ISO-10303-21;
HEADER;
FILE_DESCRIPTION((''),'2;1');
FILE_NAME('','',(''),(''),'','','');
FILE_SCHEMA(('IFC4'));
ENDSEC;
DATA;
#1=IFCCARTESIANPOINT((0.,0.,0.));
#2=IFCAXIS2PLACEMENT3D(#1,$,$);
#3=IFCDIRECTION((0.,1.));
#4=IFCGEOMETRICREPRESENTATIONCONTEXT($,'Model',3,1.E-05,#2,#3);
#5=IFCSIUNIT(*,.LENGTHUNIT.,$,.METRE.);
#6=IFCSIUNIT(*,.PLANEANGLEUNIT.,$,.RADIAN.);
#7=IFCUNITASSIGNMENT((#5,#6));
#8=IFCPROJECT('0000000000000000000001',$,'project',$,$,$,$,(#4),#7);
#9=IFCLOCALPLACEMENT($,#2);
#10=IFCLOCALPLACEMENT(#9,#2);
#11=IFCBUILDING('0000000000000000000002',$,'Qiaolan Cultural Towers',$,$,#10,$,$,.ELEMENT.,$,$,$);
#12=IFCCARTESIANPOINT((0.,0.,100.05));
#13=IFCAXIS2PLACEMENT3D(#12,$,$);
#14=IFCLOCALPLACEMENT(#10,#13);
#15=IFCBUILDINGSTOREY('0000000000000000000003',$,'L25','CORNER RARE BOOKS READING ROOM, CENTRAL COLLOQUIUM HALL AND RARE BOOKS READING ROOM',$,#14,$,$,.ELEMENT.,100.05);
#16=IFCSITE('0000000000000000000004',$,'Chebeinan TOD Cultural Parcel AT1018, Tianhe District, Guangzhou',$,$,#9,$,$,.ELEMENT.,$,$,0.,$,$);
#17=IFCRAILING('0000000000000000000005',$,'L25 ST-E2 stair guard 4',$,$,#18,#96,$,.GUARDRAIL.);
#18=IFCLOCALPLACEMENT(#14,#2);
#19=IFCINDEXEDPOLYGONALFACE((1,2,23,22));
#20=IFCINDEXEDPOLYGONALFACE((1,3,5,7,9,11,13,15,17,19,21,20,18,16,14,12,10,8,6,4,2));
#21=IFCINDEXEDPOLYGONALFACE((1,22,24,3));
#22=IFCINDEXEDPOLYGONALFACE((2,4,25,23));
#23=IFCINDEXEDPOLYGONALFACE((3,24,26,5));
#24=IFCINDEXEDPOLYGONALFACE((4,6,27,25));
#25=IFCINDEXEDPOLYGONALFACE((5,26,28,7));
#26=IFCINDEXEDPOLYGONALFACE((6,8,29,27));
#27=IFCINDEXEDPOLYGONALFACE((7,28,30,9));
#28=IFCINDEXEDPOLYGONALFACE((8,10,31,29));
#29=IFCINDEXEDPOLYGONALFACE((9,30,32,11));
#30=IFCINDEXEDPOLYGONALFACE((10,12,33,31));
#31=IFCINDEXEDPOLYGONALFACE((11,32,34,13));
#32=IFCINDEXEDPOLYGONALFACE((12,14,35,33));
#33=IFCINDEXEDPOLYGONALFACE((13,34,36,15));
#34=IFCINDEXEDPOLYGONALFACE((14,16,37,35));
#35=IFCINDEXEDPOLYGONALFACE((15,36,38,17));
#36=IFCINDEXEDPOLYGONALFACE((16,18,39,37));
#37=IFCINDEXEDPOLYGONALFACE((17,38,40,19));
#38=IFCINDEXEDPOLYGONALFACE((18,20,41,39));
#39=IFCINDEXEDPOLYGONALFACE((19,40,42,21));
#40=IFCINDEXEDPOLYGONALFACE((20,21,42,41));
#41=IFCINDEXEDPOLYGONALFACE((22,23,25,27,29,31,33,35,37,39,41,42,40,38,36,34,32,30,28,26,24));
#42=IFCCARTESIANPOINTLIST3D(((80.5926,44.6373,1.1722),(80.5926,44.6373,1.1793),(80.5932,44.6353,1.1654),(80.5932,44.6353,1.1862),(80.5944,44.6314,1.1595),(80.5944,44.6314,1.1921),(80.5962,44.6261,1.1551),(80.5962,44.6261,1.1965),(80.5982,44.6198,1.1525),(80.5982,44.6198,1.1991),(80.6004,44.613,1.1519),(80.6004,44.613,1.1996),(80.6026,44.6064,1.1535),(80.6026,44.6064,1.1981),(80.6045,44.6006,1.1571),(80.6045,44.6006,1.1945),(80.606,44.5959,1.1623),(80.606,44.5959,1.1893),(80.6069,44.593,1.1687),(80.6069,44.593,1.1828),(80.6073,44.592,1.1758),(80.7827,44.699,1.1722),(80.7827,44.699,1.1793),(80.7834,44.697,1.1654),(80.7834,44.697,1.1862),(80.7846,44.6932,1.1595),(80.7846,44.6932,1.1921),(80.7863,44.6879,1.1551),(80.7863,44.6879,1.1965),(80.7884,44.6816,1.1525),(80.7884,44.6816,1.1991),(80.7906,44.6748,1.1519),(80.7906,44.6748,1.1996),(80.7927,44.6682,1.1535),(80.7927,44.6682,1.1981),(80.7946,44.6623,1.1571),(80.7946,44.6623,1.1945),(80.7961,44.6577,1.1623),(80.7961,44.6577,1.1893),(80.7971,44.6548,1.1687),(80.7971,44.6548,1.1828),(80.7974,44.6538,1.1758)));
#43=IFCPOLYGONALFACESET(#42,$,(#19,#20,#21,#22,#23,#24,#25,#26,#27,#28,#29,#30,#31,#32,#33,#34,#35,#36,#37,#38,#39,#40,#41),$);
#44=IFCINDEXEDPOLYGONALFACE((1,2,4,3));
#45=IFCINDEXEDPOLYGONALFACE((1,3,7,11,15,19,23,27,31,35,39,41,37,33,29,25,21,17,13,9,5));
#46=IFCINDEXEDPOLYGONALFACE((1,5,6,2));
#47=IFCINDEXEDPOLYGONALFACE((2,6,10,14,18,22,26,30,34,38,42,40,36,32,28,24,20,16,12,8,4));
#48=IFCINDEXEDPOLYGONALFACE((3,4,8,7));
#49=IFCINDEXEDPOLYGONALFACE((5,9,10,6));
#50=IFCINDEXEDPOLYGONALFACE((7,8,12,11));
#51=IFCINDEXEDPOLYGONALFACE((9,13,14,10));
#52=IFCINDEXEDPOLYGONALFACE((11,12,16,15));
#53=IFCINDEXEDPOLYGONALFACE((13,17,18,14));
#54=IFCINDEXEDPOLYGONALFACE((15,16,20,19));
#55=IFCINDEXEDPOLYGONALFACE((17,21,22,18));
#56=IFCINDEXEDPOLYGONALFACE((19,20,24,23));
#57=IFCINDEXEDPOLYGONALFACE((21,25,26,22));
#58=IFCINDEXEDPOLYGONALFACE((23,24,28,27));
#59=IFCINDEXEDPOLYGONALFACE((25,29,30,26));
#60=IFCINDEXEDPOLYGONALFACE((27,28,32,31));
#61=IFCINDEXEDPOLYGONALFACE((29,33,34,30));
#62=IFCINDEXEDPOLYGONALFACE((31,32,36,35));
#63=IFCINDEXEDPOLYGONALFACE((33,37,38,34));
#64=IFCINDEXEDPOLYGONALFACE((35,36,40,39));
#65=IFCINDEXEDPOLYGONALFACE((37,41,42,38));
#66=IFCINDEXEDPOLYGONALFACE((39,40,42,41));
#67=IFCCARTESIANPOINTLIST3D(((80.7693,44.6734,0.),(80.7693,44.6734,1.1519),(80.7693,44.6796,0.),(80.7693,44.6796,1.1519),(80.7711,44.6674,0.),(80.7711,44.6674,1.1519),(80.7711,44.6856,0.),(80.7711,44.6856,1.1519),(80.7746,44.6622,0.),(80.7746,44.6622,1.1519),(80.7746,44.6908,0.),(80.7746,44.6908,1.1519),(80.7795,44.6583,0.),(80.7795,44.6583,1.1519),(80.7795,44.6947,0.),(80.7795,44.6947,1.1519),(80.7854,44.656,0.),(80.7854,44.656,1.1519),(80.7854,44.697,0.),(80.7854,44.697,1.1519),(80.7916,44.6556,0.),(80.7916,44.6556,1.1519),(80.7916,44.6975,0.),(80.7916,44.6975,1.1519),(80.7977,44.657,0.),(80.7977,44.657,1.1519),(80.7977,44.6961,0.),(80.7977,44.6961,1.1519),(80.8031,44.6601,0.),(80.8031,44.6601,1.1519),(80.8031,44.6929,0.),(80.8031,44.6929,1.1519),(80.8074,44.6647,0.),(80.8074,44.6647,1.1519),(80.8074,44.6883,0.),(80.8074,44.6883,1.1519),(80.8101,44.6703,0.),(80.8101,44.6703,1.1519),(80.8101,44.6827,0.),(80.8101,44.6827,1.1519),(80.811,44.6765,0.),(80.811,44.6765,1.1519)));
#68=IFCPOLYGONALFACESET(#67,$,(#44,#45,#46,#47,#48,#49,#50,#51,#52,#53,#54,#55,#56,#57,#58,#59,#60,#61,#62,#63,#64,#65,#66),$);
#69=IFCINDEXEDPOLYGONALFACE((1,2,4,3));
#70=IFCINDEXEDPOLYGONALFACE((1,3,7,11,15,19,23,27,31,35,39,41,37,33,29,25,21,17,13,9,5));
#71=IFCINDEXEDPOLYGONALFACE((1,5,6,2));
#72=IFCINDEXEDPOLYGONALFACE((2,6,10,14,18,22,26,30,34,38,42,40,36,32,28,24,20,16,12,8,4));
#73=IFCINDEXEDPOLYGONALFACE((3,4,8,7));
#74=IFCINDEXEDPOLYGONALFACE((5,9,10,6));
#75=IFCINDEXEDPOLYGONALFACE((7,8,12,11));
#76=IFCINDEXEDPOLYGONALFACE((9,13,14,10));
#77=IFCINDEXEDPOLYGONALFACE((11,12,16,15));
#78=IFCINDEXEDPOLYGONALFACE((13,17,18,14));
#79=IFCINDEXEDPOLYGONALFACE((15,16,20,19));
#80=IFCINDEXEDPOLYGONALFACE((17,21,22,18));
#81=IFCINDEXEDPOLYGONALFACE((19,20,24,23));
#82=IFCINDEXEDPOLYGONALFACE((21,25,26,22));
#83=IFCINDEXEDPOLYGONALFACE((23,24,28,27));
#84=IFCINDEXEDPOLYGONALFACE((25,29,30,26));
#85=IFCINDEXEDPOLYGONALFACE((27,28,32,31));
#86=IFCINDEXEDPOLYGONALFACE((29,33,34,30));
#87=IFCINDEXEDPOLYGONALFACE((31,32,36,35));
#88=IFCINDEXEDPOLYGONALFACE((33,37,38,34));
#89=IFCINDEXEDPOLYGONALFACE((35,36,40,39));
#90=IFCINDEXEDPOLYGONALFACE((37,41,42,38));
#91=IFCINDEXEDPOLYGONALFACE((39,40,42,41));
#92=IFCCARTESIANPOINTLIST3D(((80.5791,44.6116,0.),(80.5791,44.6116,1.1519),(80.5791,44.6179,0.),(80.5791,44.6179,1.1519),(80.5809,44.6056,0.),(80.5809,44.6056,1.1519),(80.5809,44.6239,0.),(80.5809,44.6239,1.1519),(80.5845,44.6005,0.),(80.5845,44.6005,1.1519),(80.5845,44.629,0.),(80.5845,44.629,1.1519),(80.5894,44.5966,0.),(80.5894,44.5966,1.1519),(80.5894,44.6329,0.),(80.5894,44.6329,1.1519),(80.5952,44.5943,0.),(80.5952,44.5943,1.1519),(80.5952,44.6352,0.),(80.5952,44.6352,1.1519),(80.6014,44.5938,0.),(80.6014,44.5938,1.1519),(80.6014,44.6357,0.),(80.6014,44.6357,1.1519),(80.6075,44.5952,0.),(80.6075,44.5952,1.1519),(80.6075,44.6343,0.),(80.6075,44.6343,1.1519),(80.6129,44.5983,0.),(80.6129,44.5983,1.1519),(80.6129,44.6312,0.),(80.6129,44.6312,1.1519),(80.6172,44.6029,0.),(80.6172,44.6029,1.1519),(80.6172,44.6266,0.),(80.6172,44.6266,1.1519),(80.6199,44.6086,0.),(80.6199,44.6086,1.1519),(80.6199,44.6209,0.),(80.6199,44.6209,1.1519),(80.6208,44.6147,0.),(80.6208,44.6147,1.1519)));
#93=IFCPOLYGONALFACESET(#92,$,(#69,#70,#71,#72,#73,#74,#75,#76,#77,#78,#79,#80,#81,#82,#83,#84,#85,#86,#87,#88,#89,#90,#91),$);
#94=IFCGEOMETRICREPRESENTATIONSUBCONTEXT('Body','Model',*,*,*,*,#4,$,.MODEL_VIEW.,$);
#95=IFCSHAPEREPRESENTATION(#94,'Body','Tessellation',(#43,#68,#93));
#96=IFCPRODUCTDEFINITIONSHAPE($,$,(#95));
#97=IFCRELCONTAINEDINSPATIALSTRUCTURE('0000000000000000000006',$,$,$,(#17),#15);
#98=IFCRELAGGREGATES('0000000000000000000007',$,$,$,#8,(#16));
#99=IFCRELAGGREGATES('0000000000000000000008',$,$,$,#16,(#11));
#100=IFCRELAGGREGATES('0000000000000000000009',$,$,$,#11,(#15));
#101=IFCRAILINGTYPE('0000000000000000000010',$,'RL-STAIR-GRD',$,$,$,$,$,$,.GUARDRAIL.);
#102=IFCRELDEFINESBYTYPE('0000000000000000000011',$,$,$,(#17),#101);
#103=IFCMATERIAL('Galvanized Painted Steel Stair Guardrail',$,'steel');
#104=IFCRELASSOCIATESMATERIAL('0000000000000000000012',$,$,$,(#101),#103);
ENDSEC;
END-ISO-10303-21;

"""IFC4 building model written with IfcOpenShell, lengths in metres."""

from ifc_helpers import new_model, si_unit, direction, frame, origin, origin_2d, place, context, subcontext, project, spatial, circle, extrude, material, type_object, element, save


model = new_model("IFC4")

# Units and contexts
model_context = context("Model", 3, precision=1e-05, world=origin(), true_north=direction((0.0, 1.0)))
body_context = subcontext(model_context, "Body", "Model", "MODEL_VIEW")
ifc_project = project(units=[si_unit("LENGTHUNIT", "METRE"), si_unit("PLANEANGLEUNIT", "RADIAN")], contexts=[model_context])

# Site, building, storey
site_placement = place(None, origin())
site = spatial("IfcSite", under=ifc_project, at=site_placement, Name="Chebeinan TOD Cultural Parcel AT1018, Tianhe District, Guangzhou", CompositionType="ELEMENT", RefElevation=0.0)
building_placement = place(site_placement, origin())
building = spatial("IfcBuilding", under=site, at=building_placement, Name="Qiaolan Cultural Towers", CompositionType="ELEMENT")
storey_placement = place(building_placement, frame((0.0, 0.0, 100.05)))
storey = spatial("IfcBuildingStorey", under=building, at=storey_placement, Name="L25", Description="CORNER RARE BOOKS READING ROOM, CENTRAL COLLOQUIUM HALL AND RARE BOOKS READING ROOM", CompositionType="ELEMENT", Elevation=100.05)

# Railing
ifc_material_1 = material(Name="Galvanized Painted Steel Stair Guardrail", Category="steel")
railing_type_1 = type_object("IfcRailingType", Name="RL-STAIR-GRD", PredefinedType="GUARDRAIL", material=ifc_material_1)
railing_1_placement = place(storey_placement, frame((80.79, 44.6765, 0.0)))
element("IfcRailing", 1, at=railing_1_placement, inside=storey, type_object=railing_type_1, Name="L25 ST-E2 stair guard 4", PredefinedType="GUARDRAIL", context=body_context, shape_type="SweptSolid", body=[
    extrude(circle(Radius=0.0239, at=origin_2d()), frame((0.0, 0.0, 1.1758), z_axis=(-0.951097, -0.308893, 0.0), x_axis=(0.308893, -0.951097, 0.0)), (0.0, 0.0, 1.0), 0.2),
    extrude(circle(Radius=0.021, at=origin_2d()), origin(), (0.0, 0.0, 1.0), 1.1519),
    extrude(circle(Radius=0.021, at=origin_2d()), frame((-0.1902, -0.0618, 0.0)), (0.0, 0.0, 1.0), 1.1519),
])

save(model, "model.ifc")
